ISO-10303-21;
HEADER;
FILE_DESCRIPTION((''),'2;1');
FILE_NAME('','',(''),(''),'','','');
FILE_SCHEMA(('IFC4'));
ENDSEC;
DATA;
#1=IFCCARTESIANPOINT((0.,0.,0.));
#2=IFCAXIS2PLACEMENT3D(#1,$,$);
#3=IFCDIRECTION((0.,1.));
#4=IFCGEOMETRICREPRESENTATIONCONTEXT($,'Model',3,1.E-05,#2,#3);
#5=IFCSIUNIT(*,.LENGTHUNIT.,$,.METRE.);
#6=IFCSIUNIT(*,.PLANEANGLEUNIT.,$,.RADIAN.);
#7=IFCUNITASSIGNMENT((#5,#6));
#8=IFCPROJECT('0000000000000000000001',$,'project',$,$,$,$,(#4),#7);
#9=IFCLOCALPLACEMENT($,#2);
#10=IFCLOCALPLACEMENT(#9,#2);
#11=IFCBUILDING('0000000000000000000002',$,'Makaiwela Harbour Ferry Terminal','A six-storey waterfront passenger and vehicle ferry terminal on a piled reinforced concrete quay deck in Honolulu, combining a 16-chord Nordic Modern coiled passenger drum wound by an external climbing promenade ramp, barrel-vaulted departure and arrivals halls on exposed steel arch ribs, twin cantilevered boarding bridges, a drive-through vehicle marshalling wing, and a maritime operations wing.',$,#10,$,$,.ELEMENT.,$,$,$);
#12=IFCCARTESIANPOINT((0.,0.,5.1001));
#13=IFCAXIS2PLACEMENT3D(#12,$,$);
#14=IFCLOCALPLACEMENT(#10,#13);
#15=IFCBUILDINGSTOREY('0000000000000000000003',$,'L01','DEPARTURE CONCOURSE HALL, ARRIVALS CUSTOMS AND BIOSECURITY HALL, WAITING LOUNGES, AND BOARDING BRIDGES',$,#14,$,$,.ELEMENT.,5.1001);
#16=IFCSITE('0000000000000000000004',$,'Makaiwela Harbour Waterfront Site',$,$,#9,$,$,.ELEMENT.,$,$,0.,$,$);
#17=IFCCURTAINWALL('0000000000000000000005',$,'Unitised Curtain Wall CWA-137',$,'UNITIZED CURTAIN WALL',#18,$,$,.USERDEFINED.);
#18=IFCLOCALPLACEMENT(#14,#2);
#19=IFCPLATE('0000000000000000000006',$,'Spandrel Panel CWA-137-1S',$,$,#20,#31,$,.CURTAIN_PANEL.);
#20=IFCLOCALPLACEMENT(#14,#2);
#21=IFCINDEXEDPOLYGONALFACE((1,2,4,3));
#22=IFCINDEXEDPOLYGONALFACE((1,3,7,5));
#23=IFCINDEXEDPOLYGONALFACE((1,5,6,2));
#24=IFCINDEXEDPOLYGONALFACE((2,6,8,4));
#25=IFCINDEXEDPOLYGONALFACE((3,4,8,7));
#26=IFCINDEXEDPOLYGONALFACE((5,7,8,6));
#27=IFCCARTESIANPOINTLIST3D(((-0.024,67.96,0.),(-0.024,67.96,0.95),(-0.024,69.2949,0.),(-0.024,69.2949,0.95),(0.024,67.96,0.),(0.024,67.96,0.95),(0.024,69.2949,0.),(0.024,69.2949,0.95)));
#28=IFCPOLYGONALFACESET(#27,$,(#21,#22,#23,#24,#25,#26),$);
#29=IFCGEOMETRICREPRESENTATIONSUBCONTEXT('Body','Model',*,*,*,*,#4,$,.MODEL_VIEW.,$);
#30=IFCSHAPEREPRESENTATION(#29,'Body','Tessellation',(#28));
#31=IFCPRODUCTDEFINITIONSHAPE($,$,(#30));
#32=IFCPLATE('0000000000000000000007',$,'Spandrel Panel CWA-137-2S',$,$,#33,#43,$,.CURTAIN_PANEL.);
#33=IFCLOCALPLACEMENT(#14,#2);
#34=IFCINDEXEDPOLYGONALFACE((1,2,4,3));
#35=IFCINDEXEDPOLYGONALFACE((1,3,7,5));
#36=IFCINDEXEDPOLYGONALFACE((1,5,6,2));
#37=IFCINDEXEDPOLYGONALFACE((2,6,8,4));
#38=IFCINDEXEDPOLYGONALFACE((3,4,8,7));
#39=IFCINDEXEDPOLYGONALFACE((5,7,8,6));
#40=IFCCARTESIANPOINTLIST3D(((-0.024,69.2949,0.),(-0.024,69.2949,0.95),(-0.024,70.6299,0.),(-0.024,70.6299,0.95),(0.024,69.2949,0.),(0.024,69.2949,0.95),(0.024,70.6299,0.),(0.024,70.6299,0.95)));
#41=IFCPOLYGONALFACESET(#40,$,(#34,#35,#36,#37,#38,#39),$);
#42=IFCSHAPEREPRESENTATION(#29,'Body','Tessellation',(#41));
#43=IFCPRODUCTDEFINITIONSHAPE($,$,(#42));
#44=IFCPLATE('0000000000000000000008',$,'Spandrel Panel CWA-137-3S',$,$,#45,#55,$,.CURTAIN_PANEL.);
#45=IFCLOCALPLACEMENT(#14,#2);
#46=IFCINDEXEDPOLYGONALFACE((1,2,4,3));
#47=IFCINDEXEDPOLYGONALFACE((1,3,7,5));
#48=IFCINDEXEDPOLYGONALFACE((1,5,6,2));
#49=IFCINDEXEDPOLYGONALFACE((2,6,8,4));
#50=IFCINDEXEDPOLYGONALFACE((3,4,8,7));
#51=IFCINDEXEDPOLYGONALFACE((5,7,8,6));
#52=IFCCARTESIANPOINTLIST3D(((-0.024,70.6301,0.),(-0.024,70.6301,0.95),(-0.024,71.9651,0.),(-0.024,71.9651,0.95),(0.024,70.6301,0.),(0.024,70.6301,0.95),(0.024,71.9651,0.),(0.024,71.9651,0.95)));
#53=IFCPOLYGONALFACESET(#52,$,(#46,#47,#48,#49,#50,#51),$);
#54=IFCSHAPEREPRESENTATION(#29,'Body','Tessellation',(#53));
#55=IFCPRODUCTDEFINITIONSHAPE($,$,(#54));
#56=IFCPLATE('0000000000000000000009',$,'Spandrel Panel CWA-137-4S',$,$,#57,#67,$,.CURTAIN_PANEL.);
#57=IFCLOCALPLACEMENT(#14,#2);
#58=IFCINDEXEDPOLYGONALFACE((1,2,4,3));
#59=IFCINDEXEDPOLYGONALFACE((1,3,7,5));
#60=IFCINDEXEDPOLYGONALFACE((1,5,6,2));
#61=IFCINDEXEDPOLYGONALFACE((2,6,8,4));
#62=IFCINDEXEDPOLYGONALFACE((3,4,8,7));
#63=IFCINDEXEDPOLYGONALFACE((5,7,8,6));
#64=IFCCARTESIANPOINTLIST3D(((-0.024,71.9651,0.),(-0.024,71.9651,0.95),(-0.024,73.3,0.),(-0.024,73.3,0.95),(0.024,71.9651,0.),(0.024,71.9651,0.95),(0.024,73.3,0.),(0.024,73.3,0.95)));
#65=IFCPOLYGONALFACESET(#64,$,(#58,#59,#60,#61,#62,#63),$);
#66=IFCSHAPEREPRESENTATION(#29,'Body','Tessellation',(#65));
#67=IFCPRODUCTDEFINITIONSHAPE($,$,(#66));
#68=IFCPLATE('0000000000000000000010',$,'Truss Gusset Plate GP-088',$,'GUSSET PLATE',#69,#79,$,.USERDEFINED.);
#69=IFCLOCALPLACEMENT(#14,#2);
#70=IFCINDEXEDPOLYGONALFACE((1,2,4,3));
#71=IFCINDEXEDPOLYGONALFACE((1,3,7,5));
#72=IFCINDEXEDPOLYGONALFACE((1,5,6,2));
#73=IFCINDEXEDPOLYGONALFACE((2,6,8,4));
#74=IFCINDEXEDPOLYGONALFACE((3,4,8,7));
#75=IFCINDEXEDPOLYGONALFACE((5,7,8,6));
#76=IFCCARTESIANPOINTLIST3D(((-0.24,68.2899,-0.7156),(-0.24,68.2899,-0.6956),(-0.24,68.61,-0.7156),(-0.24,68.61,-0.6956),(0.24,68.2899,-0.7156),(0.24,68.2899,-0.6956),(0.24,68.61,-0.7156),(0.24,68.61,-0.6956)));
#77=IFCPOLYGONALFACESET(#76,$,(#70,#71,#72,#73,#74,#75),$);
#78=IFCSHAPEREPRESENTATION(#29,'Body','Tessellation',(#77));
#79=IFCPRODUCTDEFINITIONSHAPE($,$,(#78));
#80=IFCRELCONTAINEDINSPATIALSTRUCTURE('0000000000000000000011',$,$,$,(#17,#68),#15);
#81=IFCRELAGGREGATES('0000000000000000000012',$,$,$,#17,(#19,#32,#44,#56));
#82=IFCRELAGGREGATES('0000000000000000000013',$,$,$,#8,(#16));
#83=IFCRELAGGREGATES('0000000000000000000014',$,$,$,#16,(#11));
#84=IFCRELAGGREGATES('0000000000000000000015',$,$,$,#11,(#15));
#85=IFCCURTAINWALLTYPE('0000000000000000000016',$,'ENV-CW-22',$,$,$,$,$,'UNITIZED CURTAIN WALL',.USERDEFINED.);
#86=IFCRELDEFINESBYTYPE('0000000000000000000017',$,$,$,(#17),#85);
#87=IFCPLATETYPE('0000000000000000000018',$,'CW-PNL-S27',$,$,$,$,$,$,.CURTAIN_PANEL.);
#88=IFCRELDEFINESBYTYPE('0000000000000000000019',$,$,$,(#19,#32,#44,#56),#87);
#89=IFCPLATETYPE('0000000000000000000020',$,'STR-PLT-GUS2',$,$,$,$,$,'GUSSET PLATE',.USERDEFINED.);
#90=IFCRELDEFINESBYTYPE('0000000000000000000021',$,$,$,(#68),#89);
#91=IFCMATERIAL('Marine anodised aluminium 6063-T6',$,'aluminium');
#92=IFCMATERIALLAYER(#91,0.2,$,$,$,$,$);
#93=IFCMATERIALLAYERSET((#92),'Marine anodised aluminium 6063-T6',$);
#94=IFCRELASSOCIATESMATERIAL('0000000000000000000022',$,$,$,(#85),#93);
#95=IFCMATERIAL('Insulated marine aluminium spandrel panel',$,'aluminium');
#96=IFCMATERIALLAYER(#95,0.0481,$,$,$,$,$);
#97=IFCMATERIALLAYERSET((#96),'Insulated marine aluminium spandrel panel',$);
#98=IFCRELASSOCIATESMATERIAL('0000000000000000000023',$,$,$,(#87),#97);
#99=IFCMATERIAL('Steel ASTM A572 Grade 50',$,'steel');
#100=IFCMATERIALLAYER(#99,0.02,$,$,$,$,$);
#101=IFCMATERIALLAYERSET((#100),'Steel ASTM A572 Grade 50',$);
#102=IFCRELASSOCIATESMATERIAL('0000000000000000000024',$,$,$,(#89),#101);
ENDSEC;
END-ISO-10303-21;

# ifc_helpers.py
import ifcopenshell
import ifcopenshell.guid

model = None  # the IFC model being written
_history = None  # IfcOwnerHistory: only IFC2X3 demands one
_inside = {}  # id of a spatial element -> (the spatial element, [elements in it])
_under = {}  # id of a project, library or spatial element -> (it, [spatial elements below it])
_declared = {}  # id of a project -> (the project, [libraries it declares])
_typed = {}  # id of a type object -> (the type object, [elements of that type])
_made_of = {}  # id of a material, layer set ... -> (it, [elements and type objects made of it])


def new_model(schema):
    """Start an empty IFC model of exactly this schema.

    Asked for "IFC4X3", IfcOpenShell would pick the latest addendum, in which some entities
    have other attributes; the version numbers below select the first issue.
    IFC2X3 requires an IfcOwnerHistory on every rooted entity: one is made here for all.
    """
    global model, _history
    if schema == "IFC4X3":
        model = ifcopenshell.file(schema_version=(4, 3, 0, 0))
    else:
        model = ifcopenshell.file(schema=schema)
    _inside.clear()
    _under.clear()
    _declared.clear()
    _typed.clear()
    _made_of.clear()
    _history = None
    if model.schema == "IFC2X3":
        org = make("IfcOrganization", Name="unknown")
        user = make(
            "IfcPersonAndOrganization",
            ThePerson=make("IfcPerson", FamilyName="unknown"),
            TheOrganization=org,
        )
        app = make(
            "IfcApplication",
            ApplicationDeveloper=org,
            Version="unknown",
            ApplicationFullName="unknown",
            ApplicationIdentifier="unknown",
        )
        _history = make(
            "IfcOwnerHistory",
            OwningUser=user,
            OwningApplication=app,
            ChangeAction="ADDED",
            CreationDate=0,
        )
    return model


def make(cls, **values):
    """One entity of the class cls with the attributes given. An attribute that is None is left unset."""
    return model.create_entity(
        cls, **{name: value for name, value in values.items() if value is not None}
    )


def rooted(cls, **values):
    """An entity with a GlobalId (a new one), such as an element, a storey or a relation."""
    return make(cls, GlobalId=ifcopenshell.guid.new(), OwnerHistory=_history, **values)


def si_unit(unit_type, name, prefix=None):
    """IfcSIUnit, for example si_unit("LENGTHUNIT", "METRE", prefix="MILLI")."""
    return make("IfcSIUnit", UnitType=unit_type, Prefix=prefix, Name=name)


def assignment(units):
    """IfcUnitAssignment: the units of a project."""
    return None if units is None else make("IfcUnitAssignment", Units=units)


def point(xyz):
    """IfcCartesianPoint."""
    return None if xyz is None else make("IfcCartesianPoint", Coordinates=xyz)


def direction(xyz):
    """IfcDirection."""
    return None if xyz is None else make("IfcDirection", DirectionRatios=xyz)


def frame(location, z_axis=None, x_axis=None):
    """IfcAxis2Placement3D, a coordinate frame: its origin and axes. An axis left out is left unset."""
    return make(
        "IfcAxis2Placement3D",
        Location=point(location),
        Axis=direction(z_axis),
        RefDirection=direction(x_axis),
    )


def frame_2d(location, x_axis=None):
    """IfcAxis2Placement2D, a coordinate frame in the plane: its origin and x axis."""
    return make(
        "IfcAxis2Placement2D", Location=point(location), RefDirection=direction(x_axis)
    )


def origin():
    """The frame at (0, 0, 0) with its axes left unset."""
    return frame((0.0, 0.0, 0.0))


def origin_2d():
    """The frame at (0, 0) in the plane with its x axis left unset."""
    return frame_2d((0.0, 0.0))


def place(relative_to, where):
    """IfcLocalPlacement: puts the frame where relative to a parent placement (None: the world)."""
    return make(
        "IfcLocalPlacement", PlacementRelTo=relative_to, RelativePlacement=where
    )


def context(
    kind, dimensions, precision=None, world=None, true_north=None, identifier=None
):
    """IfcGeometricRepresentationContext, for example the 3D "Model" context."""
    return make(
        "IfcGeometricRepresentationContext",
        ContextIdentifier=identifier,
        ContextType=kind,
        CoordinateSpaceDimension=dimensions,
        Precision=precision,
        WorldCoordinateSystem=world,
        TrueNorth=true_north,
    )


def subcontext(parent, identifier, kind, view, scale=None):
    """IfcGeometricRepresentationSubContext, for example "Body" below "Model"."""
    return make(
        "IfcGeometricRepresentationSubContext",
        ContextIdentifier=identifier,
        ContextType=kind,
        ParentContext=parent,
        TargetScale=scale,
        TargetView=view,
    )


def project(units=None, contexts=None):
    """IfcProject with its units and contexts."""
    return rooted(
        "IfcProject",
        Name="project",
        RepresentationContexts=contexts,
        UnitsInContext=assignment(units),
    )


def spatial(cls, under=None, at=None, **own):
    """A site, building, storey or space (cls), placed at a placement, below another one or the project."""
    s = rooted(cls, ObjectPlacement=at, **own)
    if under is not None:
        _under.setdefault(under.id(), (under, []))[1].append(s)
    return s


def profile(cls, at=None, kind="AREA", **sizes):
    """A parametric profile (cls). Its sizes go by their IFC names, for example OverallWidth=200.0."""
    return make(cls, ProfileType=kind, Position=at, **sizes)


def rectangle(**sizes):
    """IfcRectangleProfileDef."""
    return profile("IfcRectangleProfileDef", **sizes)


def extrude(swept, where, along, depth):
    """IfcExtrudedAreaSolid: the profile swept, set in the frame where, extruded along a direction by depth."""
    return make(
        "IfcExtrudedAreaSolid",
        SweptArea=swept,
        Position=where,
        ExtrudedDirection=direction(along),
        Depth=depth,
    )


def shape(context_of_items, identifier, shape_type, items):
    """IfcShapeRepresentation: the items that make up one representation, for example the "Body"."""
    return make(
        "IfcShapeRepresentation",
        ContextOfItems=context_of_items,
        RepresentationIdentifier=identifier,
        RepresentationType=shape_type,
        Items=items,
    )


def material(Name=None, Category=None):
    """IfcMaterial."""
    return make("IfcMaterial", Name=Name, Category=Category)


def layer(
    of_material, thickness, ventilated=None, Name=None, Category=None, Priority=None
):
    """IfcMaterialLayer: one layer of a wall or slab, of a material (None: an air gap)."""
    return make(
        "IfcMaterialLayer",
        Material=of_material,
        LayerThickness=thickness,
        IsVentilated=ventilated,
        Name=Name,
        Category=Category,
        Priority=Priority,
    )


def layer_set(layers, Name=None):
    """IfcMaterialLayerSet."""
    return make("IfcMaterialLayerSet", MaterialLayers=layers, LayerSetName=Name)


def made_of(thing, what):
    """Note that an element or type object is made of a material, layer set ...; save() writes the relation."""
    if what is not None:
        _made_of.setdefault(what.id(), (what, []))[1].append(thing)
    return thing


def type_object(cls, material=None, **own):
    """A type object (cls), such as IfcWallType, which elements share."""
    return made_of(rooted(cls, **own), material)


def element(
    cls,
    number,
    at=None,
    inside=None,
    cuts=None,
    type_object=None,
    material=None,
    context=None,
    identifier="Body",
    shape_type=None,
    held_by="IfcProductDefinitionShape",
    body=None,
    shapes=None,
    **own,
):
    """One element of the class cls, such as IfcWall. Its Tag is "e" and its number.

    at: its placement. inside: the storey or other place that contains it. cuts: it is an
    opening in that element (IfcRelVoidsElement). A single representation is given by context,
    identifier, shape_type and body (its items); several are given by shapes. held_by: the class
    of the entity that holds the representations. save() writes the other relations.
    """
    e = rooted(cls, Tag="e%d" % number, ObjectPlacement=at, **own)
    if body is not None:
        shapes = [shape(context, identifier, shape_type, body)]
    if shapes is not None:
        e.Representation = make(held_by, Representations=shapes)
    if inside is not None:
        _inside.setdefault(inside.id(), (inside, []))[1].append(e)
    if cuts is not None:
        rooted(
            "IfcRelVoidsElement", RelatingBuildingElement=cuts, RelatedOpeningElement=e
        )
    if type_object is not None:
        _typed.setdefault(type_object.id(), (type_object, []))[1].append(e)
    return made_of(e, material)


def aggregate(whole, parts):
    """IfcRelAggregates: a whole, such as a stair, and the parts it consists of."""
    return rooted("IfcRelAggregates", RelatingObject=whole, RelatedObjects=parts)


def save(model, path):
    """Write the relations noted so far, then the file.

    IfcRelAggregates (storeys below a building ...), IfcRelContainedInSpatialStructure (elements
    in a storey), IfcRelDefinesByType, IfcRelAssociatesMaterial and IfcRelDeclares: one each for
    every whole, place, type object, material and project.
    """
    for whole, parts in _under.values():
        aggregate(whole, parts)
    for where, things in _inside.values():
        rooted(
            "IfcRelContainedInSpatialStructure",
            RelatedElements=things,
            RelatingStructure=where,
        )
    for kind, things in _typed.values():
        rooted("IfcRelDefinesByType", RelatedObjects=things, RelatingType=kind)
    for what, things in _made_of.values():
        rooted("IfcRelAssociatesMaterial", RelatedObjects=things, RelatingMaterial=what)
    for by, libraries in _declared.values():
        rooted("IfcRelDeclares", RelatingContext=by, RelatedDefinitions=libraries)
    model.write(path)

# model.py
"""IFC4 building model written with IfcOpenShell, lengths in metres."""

from ifc_helpers import new_model, si_unit, direction, frame, origin, origin_2d, place, context, subcontext, project, spatial, rectangle, extrude, material, layer, layer_set, type_object, element, aggregate, save


model = new_model("IFC4")

# Units and contexts
model_context = context("Model", 3, precision=1e-05, world=origin(), true_north=direction((0.0, 1.0)))
body_context = subcontext(model_context, "Body", "Model", "MODEL_VIEW")
ifc_project = project(units=[si_unit("LENGTHUNIT", "METRE"), si_unit("PLANEANGLEUNIT", "RADIAN")], contexts=[model_context])

# Site, building, storey
site_placement = place(None, origin())
site = spatial("IfcSite", under=ifc_project, at=site_placement, Name="Makaiwela Harbour Waterfront Site", CompositionType="ELEMENT", RefElevation=0.0)
building_placement = place(site_placement, origin())
building = spatial("IfcBuilding", under=site, at=building_placement, Name="Makaiwela Harbour Ferry Terminal", Description="A six-storey waterfront passenger and vehicle ferry terminal on a piled reinforced concrete quay deck in Honolulu, combining a 16-chord Nordic Modern coiled passenger drum wound by an external climbing promenade ramp, barrel-vaulted departure and arrivals halls on exposed steel arch ribs, twin cantilevered boarding bridges, a drive-through vehicle marshalling wing, and a maritime operations wing.", CompositionType="ELEMENT")
storey_placement = place(building_placement, frame((0.0, 0.0, 5.1001)))
storey = spatial("IfcBuildingStorey", under=building, at=storey_placement, Name="L01", Description="DEPARTURE CONCOURSE HALL, ARRIVALS CUSTOMS AND BIOSECURITY HALL, WAITING LOUNGES, AND BOARDING BRIDGES", CompositionType="ELEMENT", Elevation=5.1001)

# Curtain wall
ifc_material_1 = material(Name="Marine anodised aluminium 6063-T6", Category="aluminium")
ifc_layer_1 = layer(ifc_material_1, 0.2)
ifc_layer_set_1 = layer_set([ifc_layer_1], Name="Marine anodised aluminium 6063-T6")
curtain_wall_type = type_object("IfcCurtainWallType", Name="ENV-CW-22", ElementType="UNITIZED CURTAIN WALL", PredefinedType="USERDEFINED", material=ifc_layer_set_1)
curtain_wall_placement = place(storey_placement, origin())
curtain_wall = element("IfcCurtainWall", 1, at=curtain_wall_placement, inside=storey, type_object=curtain_wall_type, Name="Unitised Curtain Wall CWA-137", ObjectType="UNITIZED CURTAIN WALL", PredefinedType="USERDEFINED")

# Plates
ifc_material_2 = material(Name="Insulated marine aluminium spandrel panel", Category="aluminium")
ifc_layer_2 = layer(ifc_material_2, 0.0481)
ifc_layer_set_2 = layer_set([ifc_layer_2], Name="Insulated marine aluminium spandrel panel")
plate_type_1 = type_object("IfcPlateType", Name="CW-PNL-S27", PredefinedType="CURTAIN_PANEL", material=ifc_layer_set_2)
plate_1_placement = place(storey_placement, frame((0.0, 68.6274, 0.0), z_axis=(0.0, 0.0, 1.0), x_axis=(0.0, 1.0, 0.0)))
plate_1 = element("IfcPlate", 2, at=plate_1_placement, type_object=plate_type_1, Name="Spandrel Panel CWA-137-1S", PredefinedType="CURTAIN_PANEL", context=body_context, shape_type="SweptSolid", body=[
    extrude(rectangle(XDim=1.335, YDim=0.0481, at=origin_2d()), origin(), (0.0, 0.0, 1.0), 0.95),
])
plate_2_placement = place(storey_placement, frame((0.0, 69.9624, 0.0), z_axis=(0.0, 0.0, 1.0), x_axis=(0.0, 1.0, 0.0)))
plate_2 = element("IfcPlate", 3, at=plate_2_placement, type_object=plate_type_1, Name="Spandrel Panel CWA-137-2S", PredefinedType="CURTAIN_PANEL", context=body_context, shape_type="SweptSolid", body=[
    extrude(rectangle(XDim=1.335, YDim=0.0481, at=origin_2d()), origin(), (0.0, 0.0, 1.0), 0.95),
])
plate_3_placement = place(storey_placement, frame((0.0, 71.2976, 0.0), z_axis=(0.0, 0.0, 1.0), x_axis=(0.0, 1.0, 0.0)))
plate_3 = element("IfcPlate", 4, at=plate_3_placement, type_object=plate_type_1, Name="Spandrel Panel CWA-137-3S", PredefinedType="CURTAIN_PANEL", context=body_context, shape_type="SweptSolid", body=[
    extrude(rectangle(XDim=1.335, YDim=0.0481, at=origin_2d()), origin(), (0.0, 0.0, 1.0), 0.95),
])
plate_4_placement = place(storey_placement, frame((0.0, 72.6326, 0.0), z_axis=(0.0, 0.0, 1.0), x_axis=(0.0, 1.0, 0.0)))
plate_4 = element("IfcPlate", 5, at=plate_4_placement, type_object=plate_type_1, Name="Spandrel Panel CWA-137-4S", PredefinedType="CURTAIN_PANEL", context=body_context, shape_type="SweptSolid", body=[
    extrude(rectangle(XDim=1.335, YDim=0.0481, at=origin_2d()), origin(), (0.0, 0.0, 1.0), 0.95),
])
aggregate(curtain_wall, [plate_1, plate_2, plate_3, plate_4])
ifc_material_3 = material(Name="Steel ASTM A572 Grade 50", Category="steel")
ifc_layer_3 = layer(ifc_material_3, 0.02)
ifc_layer_set_3 = layer_set([ifc_layer_3], Name="Steel ASTM A572 Grade 50")
plate_type_2 = type_object("IfcPlateType", Name="STR-PLT-GUS2", ElementType="GUSSET PLATE", PredefinedType="USERDEFINED", material=ifc_layer_set_3)
plate_5_placement = place(storey_placement, frame((0.0, 68.45, -0.7156), z_axis=(0.0, 0.0, 1.0), x_axis=(1.0, 0.0, 0.0)))
element("IfcPlate", 6, at=plate_5_placement, inside=storey, type_object=plate_type_2, Name="Truss Gusset Plate GP-088", ObjectType="GUSSET PLATE", PredefinedType="USERDEFINED", context=body_context, shape_type="SweptSolid", body=[
    extrude(rectangle(XDim=0.48, YDim=0.3201, at=origin_2d()), origin(), (0.0, 0.0, 1.0), 0.02),
])

save(model, "model.ifc")
